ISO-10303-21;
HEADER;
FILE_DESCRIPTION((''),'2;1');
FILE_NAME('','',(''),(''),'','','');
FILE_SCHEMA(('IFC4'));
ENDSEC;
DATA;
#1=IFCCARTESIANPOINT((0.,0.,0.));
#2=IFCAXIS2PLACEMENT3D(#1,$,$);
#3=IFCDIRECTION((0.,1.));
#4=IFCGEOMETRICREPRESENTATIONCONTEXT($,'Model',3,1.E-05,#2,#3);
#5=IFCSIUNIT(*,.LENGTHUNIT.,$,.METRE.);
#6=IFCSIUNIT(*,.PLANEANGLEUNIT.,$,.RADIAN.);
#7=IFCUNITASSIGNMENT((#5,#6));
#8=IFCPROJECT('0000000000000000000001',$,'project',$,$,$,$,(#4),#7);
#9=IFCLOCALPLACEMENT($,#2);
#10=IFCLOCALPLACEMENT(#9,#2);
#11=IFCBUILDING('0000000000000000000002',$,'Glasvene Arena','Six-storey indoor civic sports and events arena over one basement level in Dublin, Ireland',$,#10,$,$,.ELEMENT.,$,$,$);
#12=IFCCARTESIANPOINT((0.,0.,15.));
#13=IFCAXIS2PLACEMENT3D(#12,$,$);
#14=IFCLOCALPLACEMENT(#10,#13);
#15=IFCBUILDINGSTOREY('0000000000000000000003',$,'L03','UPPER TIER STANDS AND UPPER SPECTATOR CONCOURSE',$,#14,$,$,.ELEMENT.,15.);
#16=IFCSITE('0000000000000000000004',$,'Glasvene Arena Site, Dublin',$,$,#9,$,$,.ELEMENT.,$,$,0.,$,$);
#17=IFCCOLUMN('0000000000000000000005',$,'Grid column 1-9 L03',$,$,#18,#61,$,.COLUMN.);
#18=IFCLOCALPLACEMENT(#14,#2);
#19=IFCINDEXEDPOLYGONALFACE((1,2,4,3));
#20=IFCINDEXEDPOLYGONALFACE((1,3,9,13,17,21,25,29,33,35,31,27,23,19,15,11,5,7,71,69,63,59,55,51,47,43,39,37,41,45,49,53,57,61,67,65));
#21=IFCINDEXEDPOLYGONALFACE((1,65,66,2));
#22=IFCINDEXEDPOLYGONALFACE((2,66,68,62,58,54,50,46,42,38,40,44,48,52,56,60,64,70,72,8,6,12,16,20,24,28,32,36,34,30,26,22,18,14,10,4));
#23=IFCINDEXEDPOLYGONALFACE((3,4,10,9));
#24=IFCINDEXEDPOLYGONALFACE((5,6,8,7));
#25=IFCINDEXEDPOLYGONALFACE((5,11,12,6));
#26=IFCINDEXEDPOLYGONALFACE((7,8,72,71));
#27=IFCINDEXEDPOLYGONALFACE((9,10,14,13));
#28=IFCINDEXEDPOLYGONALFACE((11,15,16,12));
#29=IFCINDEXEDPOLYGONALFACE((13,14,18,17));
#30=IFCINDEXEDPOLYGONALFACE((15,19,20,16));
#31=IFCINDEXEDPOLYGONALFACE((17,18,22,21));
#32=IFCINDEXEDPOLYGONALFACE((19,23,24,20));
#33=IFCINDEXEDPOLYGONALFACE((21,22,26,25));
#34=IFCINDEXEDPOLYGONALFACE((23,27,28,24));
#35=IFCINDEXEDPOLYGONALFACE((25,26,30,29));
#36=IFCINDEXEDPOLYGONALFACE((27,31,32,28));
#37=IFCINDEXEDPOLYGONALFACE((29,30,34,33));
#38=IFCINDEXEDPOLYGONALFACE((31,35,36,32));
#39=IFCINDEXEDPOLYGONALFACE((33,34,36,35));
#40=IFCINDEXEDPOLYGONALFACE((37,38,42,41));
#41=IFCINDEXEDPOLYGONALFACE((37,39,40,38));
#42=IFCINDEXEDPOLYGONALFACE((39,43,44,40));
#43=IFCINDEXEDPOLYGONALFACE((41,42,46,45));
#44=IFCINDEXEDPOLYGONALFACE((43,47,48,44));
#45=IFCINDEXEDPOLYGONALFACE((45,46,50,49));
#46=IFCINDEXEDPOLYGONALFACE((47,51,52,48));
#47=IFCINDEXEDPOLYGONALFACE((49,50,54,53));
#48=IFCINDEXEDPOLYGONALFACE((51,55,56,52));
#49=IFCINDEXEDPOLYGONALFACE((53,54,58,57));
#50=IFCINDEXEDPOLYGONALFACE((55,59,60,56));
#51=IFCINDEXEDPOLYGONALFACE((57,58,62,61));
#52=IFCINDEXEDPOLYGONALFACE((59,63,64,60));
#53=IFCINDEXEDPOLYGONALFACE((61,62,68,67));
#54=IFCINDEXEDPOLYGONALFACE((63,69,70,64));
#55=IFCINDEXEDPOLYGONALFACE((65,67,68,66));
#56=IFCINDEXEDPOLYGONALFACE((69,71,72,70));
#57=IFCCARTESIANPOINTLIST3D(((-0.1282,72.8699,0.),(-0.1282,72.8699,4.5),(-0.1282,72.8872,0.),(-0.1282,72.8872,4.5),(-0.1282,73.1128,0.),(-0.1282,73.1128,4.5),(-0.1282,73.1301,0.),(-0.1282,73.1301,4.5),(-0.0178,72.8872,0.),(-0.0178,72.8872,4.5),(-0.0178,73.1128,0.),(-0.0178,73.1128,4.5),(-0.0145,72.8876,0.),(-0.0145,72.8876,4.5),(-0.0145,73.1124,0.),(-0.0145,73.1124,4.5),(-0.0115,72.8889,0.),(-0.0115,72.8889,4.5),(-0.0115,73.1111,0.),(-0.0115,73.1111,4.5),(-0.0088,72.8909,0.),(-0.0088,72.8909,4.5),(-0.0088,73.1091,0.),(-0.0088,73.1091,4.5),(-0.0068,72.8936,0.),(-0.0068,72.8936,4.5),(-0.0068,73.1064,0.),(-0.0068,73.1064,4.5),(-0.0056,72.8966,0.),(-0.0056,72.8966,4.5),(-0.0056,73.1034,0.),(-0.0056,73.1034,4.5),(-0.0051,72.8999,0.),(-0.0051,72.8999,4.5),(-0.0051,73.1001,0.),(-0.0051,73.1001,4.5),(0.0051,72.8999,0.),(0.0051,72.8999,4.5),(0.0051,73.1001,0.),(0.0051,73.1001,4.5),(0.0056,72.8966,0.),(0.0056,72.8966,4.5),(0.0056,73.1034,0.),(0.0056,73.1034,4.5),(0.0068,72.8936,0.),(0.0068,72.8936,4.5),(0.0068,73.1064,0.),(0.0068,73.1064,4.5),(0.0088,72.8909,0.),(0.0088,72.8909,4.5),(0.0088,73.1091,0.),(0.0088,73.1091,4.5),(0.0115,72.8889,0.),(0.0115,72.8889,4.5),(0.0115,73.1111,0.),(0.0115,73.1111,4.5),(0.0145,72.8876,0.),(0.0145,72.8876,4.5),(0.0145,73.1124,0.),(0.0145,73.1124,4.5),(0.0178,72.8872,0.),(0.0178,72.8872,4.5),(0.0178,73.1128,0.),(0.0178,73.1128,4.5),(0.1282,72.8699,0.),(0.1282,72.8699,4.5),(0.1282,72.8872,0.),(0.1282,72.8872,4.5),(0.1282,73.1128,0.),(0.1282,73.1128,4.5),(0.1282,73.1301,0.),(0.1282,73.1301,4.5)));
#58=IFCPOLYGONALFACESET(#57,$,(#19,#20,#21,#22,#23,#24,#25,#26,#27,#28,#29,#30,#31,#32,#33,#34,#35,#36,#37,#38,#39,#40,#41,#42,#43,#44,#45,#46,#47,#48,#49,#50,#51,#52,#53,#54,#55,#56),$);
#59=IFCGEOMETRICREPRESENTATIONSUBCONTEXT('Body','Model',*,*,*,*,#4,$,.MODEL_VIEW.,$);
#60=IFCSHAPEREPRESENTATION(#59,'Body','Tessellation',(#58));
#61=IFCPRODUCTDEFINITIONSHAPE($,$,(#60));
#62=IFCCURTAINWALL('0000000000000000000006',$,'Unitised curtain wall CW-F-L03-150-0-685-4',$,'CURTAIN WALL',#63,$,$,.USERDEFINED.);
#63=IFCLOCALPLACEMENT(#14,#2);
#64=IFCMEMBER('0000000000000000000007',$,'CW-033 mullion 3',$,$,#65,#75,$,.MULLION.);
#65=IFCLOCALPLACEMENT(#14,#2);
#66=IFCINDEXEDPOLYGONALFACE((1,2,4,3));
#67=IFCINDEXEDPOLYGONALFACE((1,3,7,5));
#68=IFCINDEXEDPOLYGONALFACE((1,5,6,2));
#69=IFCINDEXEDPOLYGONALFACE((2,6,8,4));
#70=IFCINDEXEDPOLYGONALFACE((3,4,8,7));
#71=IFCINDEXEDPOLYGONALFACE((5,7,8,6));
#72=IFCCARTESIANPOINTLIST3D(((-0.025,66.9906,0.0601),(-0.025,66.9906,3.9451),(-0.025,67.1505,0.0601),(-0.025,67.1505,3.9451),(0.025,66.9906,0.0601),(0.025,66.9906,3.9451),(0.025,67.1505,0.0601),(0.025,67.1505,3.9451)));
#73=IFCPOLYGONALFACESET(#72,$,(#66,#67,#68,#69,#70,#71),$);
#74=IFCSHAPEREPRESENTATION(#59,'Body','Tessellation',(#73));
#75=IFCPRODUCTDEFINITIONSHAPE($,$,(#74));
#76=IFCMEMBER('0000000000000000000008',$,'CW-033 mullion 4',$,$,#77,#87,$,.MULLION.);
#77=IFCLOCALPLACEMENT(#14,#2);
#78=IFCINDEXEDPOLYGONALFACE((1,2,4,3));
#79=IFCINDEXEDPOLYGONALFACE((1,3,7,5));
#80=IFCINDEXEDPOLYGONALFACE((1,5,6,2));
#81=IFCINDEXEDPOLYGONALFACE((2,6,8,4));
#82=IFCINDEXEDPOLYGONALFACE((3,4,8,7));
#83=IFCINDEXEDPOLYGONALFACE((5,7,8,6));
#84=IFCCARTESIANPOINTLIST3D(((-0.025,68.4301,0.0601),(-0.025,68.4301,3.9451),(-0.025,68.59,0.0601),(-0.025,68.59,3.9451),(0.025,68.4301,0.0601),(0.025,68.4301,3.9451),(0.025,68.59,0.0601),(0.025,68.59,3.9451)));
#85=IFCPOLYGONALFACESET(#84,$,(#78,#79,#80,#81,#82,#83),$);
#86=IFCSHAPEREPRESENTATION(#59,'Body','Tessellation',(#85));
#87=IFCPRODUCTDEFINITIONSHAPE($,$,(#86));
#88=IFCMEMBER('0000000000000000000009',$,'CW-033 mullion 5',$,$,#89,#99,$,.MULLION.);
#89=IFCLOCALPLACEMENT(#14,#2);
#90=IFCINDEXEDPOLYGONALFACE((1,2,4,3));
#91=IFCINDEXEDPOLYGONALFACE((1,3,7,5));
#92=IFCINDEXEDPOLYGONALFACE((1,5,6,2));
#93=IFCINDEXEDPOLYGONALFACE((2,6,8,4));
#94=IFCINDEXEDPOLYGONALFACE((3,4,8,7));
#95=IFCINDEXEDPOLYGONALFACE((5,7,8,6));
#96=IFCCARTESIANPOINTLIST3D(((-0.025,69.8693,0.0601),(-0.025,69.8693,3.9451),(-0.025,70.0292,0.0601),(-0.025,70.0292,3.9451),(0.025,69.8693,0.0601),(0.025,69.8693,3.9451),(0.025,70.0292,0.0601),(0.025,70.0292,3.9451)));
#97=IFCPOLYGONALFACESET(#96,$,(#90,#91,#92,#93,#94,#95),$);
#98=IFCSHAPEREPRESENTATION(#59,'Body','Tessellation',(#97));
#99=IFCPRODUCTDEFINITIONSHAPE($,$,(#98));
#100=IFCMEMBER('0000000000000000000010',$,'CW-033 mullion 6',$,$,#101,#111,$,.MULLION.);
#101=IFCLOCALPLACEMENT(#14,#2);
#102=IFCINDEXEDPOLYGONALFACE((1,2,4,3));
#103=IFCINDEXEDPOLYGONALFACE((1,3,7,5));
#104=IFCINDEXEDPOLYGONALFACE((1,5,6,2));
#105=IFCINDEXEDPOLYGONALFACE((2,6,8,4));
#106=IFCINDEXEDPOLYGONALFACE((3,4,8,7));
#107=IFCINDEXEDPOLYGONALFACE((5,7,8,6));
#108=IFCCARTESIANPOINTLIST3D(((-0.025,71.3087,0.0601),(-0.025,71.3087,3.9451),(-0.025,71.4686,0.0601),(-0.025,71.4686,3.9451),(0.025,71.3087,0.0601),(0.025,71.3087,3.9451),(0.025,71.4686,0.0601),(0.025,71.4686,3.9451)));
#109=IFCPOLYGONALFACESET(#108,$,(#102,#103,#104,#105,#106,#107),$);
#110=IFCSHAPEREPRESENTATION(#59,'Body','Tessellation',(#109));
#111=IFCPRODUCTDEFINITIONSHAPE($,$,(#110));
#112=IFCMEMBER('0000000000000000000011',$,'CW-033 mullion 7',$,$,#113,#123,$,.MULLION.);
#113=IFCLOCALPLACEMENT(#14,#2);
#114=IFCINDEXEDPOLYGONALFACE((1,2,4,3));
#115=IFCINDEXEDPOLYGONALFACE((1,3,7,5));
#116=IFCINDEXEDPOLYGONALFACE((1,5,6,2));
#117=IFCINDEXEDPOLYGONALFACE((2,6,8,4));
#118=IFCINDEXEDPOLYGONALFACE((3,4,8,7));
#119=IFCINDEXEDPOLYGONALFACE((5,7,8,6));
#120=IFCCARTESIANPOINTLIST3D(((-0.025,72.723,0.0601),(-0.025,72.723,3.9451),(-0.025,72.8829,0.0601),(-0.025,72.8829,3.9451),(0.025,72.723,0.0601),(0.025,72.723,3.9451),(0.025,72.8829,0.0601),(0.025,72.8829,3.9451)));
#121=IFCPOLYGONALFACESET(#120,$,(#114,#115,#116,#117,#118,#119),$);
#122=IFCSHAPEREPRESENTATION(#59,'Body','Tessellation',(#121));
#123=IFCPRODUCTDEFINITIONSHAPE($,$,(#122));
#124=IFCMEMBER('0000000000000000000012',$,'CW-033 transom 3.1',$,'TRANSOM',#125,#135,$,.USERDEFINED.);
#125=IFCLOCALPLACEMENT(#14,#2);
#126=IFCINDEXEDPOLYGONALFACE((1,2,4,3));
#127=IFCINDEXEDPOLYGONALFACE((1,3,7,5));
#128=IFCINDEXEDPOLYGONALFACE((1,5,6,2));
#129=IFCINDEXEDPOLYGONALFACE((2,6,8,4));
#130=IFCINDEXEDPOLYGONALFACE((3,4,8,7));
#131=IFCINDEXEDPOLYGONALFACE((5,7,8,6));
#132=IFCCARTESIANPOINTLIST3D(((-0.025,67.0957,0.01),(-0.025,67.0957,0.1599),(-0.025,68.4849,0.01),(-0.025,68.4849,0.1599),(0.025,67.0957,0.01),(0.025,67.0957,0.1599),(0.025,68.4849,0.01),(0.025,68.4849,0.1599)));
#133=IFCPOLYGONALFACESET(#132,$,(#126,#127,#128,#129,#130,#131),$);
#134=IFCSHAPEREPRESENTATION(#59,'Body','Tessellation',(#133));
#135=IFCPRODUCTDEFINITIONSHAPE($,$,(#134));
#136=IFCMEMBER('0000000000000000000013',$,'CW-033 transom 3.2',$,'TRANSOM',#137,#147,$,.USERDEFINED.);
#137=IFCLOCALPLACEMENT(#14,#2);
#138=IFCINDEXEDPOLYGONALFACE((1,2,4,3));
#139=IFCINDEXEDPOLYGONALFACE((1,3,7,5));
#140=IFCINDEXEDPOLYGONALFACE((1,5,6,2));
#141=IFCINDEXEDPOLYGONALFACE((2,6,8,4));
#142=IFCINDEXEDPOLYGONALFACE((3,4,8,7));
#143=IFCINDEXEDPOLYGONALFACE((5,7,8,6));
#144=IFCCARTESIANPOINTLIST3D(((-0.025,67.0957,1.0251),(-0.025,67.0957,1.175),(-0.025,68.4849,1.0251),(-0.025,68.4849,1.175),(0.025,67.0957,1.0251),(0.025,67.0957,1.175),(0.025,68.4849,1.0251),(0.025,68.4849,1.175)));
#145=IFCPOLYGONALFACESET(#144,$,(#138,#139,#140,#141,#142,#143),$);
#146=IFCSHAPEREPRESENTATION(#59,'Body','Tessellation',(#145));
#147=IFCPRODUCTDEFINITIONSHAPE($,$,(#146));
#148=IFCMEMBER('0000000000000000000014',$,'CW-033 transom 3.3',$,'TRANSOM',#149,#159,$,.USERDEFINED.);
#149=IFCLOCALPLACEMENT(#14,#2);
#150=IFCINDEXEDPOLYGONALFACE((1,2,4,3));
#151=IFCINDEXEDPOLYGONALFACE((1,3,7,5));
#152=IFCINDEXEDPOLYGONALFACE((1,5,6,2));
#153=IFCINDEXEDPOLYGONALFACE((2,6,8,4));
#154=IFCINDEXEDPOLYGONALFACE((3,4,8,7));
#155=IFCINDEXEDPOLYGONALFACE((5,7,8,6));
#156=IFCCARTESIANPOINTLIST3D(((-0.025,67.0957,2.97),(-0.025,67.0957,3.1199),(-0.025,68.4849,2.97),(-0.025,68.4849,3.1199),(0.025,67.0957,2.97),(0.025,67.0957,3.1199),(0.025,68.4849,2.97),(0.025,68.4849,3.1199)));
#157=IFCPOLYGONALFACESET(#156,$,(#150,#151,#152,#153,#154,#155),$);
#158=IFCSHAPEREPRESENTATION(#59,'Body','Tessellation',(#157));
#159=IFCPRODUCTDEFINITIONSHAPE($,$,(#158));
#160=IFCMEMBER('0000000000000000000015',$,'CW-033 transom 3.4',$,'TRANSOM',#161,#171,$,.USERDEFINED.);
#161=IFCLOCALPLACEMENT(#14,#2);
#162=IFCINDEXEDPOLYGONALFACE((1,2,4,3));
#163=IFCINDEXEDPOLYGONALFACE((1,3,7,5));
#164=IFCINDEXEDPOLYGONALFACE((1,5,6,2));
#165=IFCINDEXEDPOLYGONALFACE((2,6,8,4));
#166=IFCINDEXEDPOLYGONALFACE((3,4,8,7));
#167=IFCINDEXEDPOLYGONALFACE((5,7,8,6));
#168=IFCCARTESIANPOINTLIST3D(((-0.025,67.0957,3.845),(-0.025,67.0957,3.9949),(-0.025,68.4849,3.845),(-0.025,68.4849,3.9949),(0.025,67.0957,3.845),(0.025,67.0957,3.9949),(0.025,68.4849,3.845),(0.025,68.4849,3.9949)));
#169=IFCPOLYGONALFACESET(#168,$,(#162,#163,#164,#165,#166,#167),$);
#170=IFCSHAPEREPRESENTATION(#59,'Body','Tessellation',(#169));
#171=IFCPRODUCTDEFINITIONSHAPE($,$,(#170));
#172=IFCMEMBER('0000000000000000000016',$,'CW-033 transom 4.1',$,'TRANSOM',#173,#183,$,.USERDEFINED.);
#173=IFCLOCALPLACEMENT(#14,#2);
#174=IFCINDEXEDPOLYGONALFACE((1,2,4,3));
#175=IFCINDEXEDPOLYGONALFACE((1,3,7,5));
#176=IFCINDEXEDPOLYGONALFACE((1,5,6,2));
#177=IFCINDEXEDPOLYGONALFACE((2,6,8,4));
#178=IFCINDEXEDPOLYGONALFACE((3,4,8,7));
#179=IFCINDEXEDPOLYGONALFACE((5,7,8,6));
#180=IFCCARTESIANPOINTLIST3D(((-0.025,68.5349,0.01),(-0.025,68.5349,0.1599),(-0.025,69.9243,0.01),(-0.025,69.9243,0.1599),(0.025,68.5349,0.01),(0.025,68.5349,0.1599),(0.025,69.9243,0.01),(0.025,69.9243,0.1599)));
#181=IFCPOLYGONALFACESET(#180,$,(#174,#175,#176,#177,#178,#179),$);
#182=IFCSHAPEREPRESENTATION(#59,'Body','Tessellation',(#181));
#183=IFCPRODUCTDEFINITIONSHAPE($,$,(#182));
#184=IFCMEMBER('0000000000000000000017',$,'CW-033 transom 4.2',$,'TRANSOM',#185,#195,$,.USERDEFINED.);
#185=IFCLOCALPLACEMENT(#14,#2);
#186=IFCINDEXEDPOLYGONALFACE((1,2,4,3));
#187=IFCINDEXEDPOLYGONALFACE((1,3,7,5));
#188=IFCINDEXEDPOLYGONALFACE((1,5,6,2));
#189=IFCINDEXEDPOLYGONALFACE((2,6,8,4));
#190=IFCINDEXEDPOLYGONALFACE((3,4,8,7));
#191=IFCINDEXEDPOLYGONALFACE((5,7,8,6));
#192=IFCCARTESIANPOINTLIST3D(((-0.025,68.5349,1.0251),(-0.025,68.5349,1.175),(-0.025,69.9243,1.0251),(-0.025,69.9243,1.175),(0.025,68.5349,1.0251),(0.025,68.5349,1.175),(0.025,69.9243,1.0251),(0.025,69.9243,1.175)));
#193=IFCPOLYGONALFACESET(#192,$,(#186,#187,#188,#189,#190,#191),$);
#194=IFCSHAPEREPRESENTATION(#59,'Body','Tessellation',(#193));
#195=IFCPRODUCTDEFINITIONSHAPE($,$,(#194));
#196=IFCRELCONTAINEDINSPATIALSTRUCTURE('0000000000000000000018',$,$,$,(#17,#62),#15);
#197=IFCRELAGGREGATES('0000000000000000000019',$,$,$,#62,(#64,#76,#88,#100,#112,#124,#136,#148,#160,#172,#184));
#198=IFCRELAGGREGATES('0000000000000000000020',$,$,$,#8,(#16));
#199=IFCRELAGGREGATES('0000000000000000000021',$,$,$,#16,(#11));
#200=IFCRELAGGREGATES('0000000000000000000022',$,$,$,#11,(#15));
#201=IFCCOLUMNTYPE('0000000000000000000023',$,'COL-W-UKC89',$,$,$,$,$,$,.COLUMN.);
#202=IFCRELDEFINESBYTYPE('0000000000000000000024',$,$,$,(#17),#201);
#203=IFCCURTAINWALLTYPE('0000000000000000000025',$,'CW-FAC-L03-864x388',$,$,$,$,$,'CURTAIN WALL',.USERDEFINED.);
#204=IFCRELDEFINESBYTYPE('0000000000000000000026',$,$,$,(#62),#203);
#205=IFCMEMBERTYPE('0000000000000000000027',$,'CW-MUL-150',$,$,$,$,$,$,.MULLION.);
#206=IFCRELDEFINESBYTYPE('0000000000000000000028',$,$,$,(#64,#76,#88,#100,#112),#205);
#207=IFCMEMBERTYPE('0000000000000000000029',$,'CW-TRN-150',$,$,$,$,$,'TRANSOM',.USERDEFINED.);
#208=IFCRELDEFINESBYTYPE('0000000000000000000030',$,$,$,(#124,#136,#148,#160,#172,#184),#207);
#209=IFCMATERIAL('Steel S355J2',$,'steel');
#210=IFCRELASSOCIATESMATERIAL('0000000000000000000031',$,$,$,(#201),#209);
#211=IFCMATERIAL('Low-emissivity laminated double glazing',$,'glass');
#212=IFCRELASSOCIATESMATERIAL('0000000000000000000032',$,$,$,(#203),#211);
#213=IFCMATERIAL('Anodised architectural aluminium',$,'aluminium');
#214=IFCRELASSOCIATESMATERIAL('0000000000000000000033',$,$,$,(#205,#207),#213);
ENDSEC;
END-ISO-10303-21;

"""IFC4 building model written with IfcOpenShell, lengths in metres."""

from ifc_helpers import new_model, si_unit, direction, frame, origin, origin_2d, place, context, subcontext, project, spatial, rectangle, i_section, extrude, material, material_profile, profile_set, type_object, element, aggregate, save


model = new_model("IFC4")

# Units and contexts
model_context = context("Model", 3, precision=1e-05, world=origin(), true_north=direction((0.0, 1.0)))
body_context = subcontext(model_context, "Body", "Model", "MODEL_VIEW")
ifc_project = project(units=[si_unit("LENGTHUNIT", "METRE"), si_unit("PLANEANGLEUNIT", "RADIAN")], contexts=[model_context])

# Site, building, storey
site_placement = place(None, origin())
site = spatial("IfcSite", under=ifc_project, at=site_placement, Name="Glasvene Arena Site, Dublin", CompositionType="ELEMENT", RefElevation=0.0)
building_placement = place(site_placement, origin())
building = spatial("IfcBuilding", under=site, at=building_placement, Name="Glasvene Arena", Description="Six-storey indoor civic sports and events arena over one basement level in Dublin, Ireland", CompositionType="ELEMENT")
storey_placement = place(building_placement, frame((0.0, 0.0, 15.0)))
storey = spatial("IfcBuildingStorey", under=building, at=storey_placement, Name="L03", Description="UPPER TIER STANDS AND UPPER SPECTATOR CONCOURSE", CompositionType="ELEMENT", Elevation=15.0)

# Column
ifc_material_1 = material(Name="Steel S355J2", Category="steel")
ifc_material_profile_1 = material_profile(ifc_material_1, i_section(OverallWidth=0.2563, OverallDepth=0.2603, WebThickness=0.0103, FlangeThickness=0.0173, FilletRadius=0.0127, at=origin_2d()), Name="UKC 254x254x89")
ifc_profile_set_1 = profile_set([ifc_material_profile_1], Name="Steel S355J2")
column_type = type_object("IfcColumnType", Name="COL-W-UKC89", PredefinedType="COLUMN", material=ifc_profile_set_1)
column_placement = place(storey_placement, frame((0.0, 73.0, 0.0), z_axis=(0.0, 0.0, 1.0), x_axis=(1.0, 0.0, 0.0)))
element("IfcColumn", 1, at=column_placement, inside=storey, type_object=column_type, Name="Grid column 1-9 L03", PredefinedType="COLUMN", context=body_context, shape_type="SweptSolid", body=[
    extrude(i_section(OverallWidth=0.2563, OverallDepth=0.2603, WebThickness=0.0103, FlangeThickness=0.0173, FilletRadius=0.0127, at=origin_2d()), origin(), (0.0, 0.0, 1.0), 4.5),
])

# Curtain wall, members
ifc_material_2 = material(Name="Low-emissivity laminated double glazing", Category="glass")
curtain_wall_type = type_object("IfcCurtainWallType", Name="CW-FAC-L03-864x388", ElementType="CURTAIN WALL", PredefinedType="USERDEFINED", material=ifc_material_2)
curtain_wall_placement = place(storey_placement, frame((0.0, 64.1919, 0.0)))
curtain_wall = element("IfcCurtainWall", 2, at=curtain_wall_placement, inside=storey, type_object=curtain_wall_type, Name="Unitised curtain wall CW-F-L03-150-0-685-4", ObjectType="CURTAIN WALL", PredefinedType="USERDEFINED")
ifc_material_3 = material(Name="Anodised architectural aluminium", Category="aluminium")
ifc_material_profile_2 = material_profile(ifc_material_3, rectangle(XDim=0.05, YDim=0.1599, at=origin_2d()), Name="ALU MULLION 50x160")
ifc_profile_set_2 = profile_set([ifc_material_profile_2], Name="Anodised architectural aluminium")
member_type_1 = type_object("IfcMemberType", Name="CW-MUL-150", PredefinedType="MULLION", material=ifc_profile_set_2)
member_1_placement = place(storey_placement, frame((0.0, 67.0706, 0.0601), z_axis=(0.0, 0.0, 1.0), x_axis=(-1.0, 0.0, 0.0)))
member_1 = element("IfcMember", 3, at=member_1_placement, type_object=member_type_1, Name="CW-033 mullion 3", PredefinedType="MULLION", context=body_context, shape_type="SweptSolid", body=[
    extrude(rectangle(XDim=0.05, YDim=0.1599, at=origin_2d()), origin(), (0.0, 0.0, 1.0), 3.885),
])
member_2_placement = place(storey_placement, frame((0.0, 68.51, 0.0601), z_axis=(0.0, 0.0, 1.0), x_axis=(-1.0, 0.0, 0.0)))
member_2 = element("IfcMember", 4, at=member_2_placement, type_object=member_type_1, Name="CW-033 mullion 4", PredefinedType="MULLION", context=body_context, shape_type="SweptSolid", body=[
    extrude(rectangle(XDim=0.05, YDim=0.1599, at=origin_2d()), origin(), (0.0, 0.0, 1.0), 3.885),
])
member_3_placement = place(storey_placement, frame((0.0, 69.9492, 0.0601), z_axis=(0.0, 0.0, 1.0), x_axis=(-1.0, 0.0, 0.0)))
member_3 = element("IfcMember", 5, at=member_3_placement, type_object=member_type_1, Name="CW-033 mullion 5", PredefinedType="MULLION", context=body_context, shape_type="SweptSolid", body=[
    extrude(rectangle(XDim=0.05, YDim=0.1599, at=origin_2d()), origin(), (0.0, 0.0, 1.0), 3.885),
])
member_4_placement = place(storey_placement, frame((0.0, 71.3887, 0.0601), z_axis=(0.0, 0.0, 1.0), x_axis=(-1.0, 0.0, 0.0)))
member_4 = element("IfcMember", 6, at=member_4_placement, type_object=member_type_1, Name="CW-033 mullion 6", PredefinedType="MULLION", context=body_context, shape_type="SweptSolid", body=[
    extrude(rectangle(XDim=0.05, YDim=0.1599, at=origin_2d()), origin(), (0.0, 0.0, 1.0), 3.885),
])
member_5_placement = place(storey_placement, frame((0.0, 72.803, 0.0601), z_axis=(0.0, 0.0, 1.0), x_axis=(-1.0, 0.0, 0.0)))
member_5 = element("IfcMember", 7, at=member_5_placement, type_object=member_type_1, Name="CW-033 mullion 7", PredefinedType="MULLION", context=body_context, shape_type="SweptSolid", body=[
    extrude(rectangle(XDim=0.05, YDim=0.1599, at=origin_2d()), origin(), (0.0, 0.0, 1.0), 3.885),
])
ifc_material_profile_3 = material_profile(ifc_material_3, rectangle(XDim=0.05, YDim=0.1499, at=origin_2d()), Name="ALU TRANSOM 50x150")
ifc_profile_set_3 = profile_set([ifc_material_profile_3], Name="Anodised architectural aluminium")
member_type_2 = type_object("IfcMemberType", Name="CW-TRN-150", ElementType="TRANSOM", PredefinedType="USERDEFINED", material=ifc_profile_set_3)
member_6_placement = place(storey_placement, frame((0.0, 67.0957, 0.085), z_axis=(0.0, 1.0, 0.0), x_axis=(-1.0, 0.0, 0.0)))
member_6 = element("IfcMember", 8, at=member_6_placement, type_object=member_type_2, Name="CW-033 transom 3.1", ObjectType="TRANSOM", PredefinedType="USERDEFINED", context=body_context, shape_type="SweptSolid", body=[
    extrude(rectangle(XDim=0.05, YDim=0.1499, at=origin_2d()), origin(), (0.0, 0.0, 1.0), 1.3892),
])
member_7_placement = place(storey_placement, frame((0.0, 67.0957, 1.1001), z_axis=(0.0, 1.0, 0.0), x_axis=(-1.0, 0.0, 0.0)))
member_7 = element("IfcMember", 9, at=member_7_placement, type_object=member_type_2, Name="CW-033 transom 3.2", ObjectType="TRANSOM", PredefinedType="USERDEFINED", context=body_context, shape_type="SweptSolid", body=[
    extrude(rectangle(XDim=0.05, YDim=0.1499, at=origin_2d()), origin(), (0.0, 0.0, 1.0), 1.3892),
])
member_8_placement = place(storey_placement, frame((0.0, 67.0957, 3.0449), z_axis=(0.0, 1.0, 0.0), x_axis=(-1.0, 0.0, 0.0)))
member_8 = element("IfcMember", 10, at=member_8_placement, type_object=member_type_2, Name="CW-033 transom 3.3", ObjectType="TRANSOM", PredefinedType="USERDEFINED", context=body_context, shape_type="SweptSolid", body=[
    extrude(rectangle(XDim=0.05, YDim=0.1499, at=origin_2d()), origin(), (0.0, 0.0, 1.0), 1.3892),
])
member_9_placement = place(storey_placement, frame((0.0, 67.0957, 3.9199), z_axis=(0.0, 1.0, 0.0), x_axis=(-1.0, 0.0, 0.0)))
member_9 = element("IfcMember", 11, at=member_9_placement, type_object=member_type_2, Name="CW-033 transom 3.4", ObjectType="TRANSOM", PredefinedType="USERDEFINED", context=body_context, shape_type="SweptSolid", body=[
    extrude(rectangle(XDim=0.05, YDim=0.1499, at=origin_2d()), origin(), (0.0, 0.0, 1.0), 1.3892),
])
member_10_placement = place(storey_placement, frame((0.0, 68.5349, 0.085), z_axis=(0.0, 1.0, 0.0), x_axis=(-1.0, 0.0, 0.0)))
member_10 = element("IfcMember", 12, at=member_10_placement, type_object=member_type_2, Name="CW-033 transom 4.1", ObjectType="TRANSOM", PredefinedType="USERDEFINED", context=body_context, shape_type="SweptSolid", body=[
    extrude(rectangle(XDim=0.05, YDim=0.1499, at=origin_2d()), origin(), (0.0, 0.0, 1.0), 1.3894),
])
member_11_placement = place(storey_placement, frame((0.0, 68.5349, 1.1001), z_axis=(0.0, 1.0, 0.0), x_axis=(-1.0, 0.0, 0.0)))
member_11 = element("IfcMember", 13, at=member_11_placement, type_object=member_type_2, Name="CW-033 transom 4.2", ObjectType="TRANSOM", PredefinedType="USERDEFINED", context=body_context, shape_type="SweptSolid", body=[
    extrude(rectangle(XDim=0.05, YDim=0.1499, at=origin_2d()), origin(), (0.0, 0.0, 1.0), 1.3894),
])
aggregate(curtain_wall, [member_1, member_2, member_3, member_4, member_5, member_6, member_7, member_8, member_9, member_10, member_11])

save(model, "model.ifc")
